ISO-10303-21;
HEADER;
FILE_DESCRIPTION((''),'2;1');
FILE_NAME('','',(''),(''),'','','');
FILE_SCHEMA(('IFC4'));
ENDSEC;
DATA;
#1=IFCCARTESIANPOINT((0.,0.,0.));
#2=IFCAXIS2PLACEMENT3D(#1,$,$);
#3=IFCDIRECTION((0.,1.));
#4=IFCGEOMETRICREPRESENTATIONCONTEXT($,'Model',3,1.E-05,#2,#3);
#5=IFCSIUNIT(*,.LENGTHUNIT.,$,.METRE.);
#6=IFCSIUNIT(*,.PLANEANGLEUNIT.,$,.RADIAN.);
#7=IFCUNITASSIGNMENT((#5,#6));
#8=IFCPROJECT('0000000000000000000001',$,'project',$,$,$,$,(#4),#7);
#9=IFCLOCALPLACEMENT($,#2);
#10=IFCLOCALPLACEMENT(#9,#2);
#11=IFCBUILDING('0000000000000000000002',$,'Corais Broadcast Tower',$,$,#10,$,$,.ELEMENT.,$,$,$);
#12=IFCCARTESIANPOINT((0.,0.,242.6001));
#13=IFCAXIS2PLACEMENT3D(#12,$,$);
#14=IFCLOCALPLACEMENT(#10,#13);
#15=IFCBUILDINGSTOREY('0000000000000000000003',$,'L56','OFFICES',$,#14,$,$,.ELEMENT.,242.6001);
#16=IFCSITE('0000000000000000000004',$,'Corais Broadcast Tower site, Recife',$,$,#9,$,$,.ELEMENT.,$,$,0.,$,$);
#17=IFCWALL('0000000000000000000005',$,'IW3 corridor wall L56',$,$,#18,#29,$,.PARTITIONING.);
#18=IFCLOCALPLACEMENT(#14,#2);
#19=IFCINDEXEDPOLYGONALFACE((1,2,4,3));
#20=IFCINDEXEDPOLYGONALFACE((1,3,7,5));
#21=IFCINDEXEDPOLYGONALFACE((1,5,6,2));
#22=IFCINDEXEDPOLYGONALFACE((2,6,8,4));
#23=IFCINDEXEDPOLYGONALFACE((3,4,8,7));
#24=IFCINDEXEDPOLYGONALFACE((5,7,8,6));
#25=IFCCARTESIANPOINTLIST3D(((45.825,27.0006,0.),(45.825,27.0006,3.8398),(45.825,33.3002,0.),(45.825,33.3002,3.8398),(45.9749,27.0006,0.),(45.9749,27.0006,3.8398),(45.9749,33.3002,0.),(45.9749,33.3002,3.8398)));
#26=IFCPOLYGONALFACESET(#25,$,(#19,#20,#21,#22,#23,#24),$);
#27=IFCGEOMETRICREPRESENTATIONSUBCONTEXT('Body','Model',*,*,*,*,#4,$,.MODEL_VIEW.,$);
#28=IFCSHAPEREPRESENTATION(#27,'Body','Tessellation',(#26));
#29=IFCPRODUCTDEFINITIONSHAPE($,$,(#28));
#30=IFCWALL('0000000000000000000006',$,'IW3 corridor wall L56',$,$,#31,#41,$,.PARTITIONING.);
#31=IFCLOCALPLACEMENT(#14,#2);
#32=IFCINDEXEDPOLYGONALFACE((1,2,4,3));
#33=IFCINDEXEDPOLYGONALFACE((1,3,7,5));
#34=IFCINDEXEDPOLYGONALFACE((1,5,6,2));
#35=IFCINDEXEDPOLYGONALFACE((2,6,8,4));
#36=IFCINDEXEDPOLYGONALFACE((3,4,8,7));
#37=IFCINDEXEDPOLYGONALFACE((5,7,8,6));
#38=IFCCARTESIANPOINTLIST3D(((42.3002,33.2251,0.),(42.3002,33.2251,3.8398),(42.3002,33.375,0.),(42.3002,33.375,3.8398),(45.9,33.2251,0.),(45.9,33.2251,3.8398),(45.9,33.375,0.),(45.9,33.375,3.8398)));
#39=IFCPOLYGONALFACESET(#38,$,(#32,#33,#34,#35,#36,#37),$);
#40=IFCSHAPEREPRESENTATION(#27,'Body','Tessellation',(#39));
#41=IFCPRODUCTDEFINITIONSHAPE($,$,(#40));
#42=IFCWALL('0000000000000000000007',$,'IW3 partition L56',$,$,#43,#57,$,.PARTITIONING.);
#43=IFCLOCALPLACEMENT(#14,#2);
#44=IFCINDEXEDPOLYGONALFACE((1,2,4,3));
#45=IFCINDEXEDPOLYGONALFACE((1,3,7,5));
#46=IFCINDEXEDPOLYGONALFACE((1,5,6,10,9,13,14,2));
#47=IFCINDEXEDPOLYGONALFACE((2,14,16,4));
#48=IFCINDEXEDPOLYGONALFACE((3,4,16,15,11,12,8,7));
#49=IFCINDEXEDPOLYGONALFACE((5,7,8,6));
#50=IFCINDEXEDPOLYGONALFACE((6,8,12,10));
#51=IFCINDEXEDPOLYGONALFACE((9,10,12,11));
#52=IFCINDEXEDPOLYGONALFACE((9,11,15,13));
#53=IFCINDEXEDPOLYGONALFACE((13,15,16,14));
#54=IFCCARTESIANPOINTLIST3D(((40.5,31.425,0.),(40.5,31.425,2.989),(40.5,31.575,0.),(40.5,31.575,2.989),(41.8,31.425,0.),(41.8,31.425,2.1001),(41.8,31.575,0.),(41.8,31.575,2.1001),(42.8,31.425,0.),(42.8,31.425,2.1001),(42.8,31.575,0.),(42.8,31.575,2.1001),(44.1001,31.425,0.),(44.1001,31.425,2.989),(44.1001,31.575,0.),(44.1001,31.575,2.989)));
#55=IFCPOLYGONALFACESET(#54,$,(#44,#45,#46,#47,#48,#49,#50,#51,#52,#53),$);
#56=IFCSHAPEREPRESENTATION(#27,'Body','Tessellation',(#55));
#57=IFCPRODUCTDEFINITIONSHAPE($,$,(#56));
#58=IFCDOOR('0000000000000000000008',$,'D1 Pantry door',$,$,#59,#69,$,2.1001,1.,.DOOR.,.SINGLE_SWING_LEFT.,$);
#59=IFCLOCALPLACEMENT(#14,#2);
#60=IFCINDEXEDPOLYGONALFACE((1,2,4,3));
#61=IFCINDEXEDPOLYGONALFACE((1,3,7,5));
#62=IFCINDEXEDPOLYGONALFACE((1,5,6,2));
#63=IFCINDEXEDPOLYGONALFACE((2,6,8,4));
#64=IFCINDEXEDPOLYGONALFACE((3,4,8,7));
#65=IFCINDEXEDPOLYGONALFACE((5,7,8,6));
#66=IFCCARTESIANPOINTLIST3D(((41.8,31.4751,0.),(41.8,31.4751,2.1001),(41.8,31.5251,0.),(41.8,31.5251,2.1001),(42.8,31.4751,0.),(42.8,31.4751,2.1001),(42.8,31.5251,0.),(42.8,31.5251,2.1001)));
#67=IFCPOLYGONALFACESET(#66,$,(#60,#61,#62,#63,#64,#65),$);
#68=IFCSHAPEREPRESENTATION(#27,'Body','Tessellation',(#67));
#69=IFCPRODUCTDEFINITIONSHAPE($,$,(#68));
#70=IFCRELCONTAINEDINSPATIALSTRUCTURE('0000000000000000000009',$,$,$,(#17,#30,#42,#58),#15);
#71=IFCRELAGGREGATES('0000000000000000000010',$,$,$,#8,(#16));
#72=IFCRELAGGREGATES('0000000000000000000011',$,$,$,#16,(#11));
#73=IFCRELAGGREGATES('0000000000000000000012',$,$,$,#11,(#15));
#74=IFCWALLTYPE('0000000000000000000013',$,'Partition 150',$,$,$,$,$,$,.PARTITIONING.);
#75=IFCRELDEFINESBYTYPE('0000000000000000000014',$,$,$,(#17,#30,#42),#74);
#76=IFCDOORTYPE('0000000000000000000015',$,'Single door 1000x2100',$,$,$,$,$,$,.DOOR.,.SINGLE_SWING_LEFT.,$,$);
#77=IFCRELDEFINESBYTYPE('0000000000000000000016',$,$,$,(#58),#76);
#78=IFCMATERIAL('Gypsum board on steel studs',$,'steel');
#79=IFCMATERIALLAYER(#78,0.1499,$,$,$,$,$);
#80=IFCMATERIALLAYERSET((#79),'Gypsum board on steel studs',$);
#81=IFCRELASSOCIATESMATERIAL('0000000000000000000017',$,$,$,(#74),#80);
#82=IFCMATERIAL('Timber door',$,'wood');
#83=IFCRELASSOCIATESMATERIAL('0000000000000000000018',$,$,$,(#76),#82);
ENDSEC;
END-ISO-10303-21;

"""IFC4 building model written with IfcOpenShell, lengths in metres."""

from ifc_helpers import new_model, si_unit, direction, frame, frame_2d, origin, place, context, subcontext, project, spatial, rectangle, extrude, material, layer, layer_set, type_object, element, fill, save


model = new_model("IFC4")

# Units and contexts
model_context = context("Model", 3, precision=1e-05, world=origin(), true_north=direction((0.0, 1.0)))
body_context = subcontext(model_context, "Body", "Model", "MODEL_VIEW")
ifc_project = project(units=[si_unit("LENGTHUNIT", "METRE"), si_unit("PLANEANGLEUNIT", "RADIAN")], contexts=[model_context])

# Site, building, storey
site_placement = place(None, origin())
site = spatial("IfcSite", under=ifc_project, at=site_placement, Name="Corais Broadcast Tower site, Recife", CompositionType="ELEMENT", RefElevation=0.0)
building_placement = place(site_placement, origin())
building = spatial("IfcBuilding", under=site, at=building_placement, Name="Corais Broadcast Tower", CompositionType="ELEMENT")
storey_placement = place(building_placement, frame((0.0, 0.0, 242.6001)))
storey = spatial("IfcBuildingStorey", under=building, at=storey_placement, Name="L56", Description="OFFICES", CompositionType="ELEMENT", Elevation=242.6001)

# Shared definitions
ifc_material_1 = material(Name="Gypsum board on steel studs", Category="steel")
ifc_layer_1 = layer(ifc_material_1, 0.1499)
ifc_layer_set_1 = layer_set([ifc_layer_1], Name="Gypsum board on steel studs")
wall_type = type_object("IfcWallType", Name="Partition 150", PredefinedType="PARTITIONING", material=ifc_layer_set_1)
ifc_material_2 = material(Name="Timber door", Category="wood")
door_type = type_object("IfcDoorType", Name="Single door 1000x2100", OperationType="SINGLE_SWING_LEFT", PredefinedType="DOOR", material=ifc_material_2)

# Walls
wall_1_placement = place(storey_placement, frame((45.8999, 27.0005, 0.0), z_axis=(0.0, 0.0, 1.0), x_axis=(0.0, 1.0, 0.0)))
element("IfcWall", 1, at=wall_1_placement, inside=storey, type_object=wall_type, Name="IW3 corridor wall L56", PredefinedType="PARTITIONING", context=body_context, shape_type="SweptSolid", body=[
    extrude(rectangle(XDim=6.2996, YDim=0.1499, at=frame_2d((3.1499, 0.0))), origin(), (0.0, 0.0, 1.0), 3.8398),
])
wall_2_placement = place(storey_placement, frame((45.8999, 33.3, 0.0), z_axis=(0.0, 0.0, 1.0), x_axis=(-1.0, 0.0, 0.0)))
element("IfcWall", 2, at=wall_2_placement, inside=storey, type_object=wall_type, Name="IW3 corridor wall L56", PredefinedType="PARTITIONING", context=body_context, shape_type="SweptSolid", body=[
    extrude(rectangle(XDim=3.5999, YDim=0.1499, at=frame_2d((1.7998, 0.0))), origin(), (0.0, 0.0, 1.0), 3.8398),
])

# Wall, opening, door
wall_3_placement = place(storey_placement, frame((44.1001, 31.5, 0.0), z_axis=(0.0, 0.0, 1.0), x_axis=(-1.0, 0.0, 0.0)))
wall_3 = element("IfcWall", 3, at=wall_3_placement, inside=storey, type_object=wall_type, Name="IW3 partition L56", PredefinedType="PARTITIONING", context=body_context, shape_type="SweptSolid", body=[
    extrude(rectangle(XDim=3.6001, YDim=0.1499, at=frame_2d((1.8, 0.0))), origin(), (0.0, 0.0, 1.0), 2.989),
])
opening_1_placement = place(wall_3_placement, frame((1.3, 0.0, 0.0)))
opening_1 = element("IfcOpeningElement", 4, at=opening_1_placement, cuts=wall_3, PredefinedType="OPENING", context=body_context, shape_type="SweptSolid", body=[
    extrude(rectangle(XDim=1.0, YDim=2.1001, at=frame_2d((0.5, 1.05))), frame((0.0, 0.085, 0.0), z_axis=(0.0, -1.0, 0.0), x_axis=(1.0, 0.0, 0.0)), (0.0, 0.0, 1.0), 0.1699),
])
door_1_placement = place(opening_1_placement, origin())
door_1 = element("IfcDoor", 5, at=door_1_placement, inside=storey, type_object=door_type, Name="D1 Pantry door", OperationType="SINGLE_SWING_LEFT", OverallHeight=2.1001, OverallWidth=1.0, PredefinedType="DOOR", context=body_context, shape_type="SweptSolid", body=[
    extrude(rectangle(XDim=1.0, YDim=2.1001, at=frame_2d((0.5, 1.05))), frame((0.0, 0.0249, 0.0), z_axis=(0.0, -1.0, 0.0), x_axis=(1.0, 0.0, 0.0)), (0.0, 0.0, 1.0), 0.05),
])
fill(opening_1, door_1)

save(model, "model.ifc")
